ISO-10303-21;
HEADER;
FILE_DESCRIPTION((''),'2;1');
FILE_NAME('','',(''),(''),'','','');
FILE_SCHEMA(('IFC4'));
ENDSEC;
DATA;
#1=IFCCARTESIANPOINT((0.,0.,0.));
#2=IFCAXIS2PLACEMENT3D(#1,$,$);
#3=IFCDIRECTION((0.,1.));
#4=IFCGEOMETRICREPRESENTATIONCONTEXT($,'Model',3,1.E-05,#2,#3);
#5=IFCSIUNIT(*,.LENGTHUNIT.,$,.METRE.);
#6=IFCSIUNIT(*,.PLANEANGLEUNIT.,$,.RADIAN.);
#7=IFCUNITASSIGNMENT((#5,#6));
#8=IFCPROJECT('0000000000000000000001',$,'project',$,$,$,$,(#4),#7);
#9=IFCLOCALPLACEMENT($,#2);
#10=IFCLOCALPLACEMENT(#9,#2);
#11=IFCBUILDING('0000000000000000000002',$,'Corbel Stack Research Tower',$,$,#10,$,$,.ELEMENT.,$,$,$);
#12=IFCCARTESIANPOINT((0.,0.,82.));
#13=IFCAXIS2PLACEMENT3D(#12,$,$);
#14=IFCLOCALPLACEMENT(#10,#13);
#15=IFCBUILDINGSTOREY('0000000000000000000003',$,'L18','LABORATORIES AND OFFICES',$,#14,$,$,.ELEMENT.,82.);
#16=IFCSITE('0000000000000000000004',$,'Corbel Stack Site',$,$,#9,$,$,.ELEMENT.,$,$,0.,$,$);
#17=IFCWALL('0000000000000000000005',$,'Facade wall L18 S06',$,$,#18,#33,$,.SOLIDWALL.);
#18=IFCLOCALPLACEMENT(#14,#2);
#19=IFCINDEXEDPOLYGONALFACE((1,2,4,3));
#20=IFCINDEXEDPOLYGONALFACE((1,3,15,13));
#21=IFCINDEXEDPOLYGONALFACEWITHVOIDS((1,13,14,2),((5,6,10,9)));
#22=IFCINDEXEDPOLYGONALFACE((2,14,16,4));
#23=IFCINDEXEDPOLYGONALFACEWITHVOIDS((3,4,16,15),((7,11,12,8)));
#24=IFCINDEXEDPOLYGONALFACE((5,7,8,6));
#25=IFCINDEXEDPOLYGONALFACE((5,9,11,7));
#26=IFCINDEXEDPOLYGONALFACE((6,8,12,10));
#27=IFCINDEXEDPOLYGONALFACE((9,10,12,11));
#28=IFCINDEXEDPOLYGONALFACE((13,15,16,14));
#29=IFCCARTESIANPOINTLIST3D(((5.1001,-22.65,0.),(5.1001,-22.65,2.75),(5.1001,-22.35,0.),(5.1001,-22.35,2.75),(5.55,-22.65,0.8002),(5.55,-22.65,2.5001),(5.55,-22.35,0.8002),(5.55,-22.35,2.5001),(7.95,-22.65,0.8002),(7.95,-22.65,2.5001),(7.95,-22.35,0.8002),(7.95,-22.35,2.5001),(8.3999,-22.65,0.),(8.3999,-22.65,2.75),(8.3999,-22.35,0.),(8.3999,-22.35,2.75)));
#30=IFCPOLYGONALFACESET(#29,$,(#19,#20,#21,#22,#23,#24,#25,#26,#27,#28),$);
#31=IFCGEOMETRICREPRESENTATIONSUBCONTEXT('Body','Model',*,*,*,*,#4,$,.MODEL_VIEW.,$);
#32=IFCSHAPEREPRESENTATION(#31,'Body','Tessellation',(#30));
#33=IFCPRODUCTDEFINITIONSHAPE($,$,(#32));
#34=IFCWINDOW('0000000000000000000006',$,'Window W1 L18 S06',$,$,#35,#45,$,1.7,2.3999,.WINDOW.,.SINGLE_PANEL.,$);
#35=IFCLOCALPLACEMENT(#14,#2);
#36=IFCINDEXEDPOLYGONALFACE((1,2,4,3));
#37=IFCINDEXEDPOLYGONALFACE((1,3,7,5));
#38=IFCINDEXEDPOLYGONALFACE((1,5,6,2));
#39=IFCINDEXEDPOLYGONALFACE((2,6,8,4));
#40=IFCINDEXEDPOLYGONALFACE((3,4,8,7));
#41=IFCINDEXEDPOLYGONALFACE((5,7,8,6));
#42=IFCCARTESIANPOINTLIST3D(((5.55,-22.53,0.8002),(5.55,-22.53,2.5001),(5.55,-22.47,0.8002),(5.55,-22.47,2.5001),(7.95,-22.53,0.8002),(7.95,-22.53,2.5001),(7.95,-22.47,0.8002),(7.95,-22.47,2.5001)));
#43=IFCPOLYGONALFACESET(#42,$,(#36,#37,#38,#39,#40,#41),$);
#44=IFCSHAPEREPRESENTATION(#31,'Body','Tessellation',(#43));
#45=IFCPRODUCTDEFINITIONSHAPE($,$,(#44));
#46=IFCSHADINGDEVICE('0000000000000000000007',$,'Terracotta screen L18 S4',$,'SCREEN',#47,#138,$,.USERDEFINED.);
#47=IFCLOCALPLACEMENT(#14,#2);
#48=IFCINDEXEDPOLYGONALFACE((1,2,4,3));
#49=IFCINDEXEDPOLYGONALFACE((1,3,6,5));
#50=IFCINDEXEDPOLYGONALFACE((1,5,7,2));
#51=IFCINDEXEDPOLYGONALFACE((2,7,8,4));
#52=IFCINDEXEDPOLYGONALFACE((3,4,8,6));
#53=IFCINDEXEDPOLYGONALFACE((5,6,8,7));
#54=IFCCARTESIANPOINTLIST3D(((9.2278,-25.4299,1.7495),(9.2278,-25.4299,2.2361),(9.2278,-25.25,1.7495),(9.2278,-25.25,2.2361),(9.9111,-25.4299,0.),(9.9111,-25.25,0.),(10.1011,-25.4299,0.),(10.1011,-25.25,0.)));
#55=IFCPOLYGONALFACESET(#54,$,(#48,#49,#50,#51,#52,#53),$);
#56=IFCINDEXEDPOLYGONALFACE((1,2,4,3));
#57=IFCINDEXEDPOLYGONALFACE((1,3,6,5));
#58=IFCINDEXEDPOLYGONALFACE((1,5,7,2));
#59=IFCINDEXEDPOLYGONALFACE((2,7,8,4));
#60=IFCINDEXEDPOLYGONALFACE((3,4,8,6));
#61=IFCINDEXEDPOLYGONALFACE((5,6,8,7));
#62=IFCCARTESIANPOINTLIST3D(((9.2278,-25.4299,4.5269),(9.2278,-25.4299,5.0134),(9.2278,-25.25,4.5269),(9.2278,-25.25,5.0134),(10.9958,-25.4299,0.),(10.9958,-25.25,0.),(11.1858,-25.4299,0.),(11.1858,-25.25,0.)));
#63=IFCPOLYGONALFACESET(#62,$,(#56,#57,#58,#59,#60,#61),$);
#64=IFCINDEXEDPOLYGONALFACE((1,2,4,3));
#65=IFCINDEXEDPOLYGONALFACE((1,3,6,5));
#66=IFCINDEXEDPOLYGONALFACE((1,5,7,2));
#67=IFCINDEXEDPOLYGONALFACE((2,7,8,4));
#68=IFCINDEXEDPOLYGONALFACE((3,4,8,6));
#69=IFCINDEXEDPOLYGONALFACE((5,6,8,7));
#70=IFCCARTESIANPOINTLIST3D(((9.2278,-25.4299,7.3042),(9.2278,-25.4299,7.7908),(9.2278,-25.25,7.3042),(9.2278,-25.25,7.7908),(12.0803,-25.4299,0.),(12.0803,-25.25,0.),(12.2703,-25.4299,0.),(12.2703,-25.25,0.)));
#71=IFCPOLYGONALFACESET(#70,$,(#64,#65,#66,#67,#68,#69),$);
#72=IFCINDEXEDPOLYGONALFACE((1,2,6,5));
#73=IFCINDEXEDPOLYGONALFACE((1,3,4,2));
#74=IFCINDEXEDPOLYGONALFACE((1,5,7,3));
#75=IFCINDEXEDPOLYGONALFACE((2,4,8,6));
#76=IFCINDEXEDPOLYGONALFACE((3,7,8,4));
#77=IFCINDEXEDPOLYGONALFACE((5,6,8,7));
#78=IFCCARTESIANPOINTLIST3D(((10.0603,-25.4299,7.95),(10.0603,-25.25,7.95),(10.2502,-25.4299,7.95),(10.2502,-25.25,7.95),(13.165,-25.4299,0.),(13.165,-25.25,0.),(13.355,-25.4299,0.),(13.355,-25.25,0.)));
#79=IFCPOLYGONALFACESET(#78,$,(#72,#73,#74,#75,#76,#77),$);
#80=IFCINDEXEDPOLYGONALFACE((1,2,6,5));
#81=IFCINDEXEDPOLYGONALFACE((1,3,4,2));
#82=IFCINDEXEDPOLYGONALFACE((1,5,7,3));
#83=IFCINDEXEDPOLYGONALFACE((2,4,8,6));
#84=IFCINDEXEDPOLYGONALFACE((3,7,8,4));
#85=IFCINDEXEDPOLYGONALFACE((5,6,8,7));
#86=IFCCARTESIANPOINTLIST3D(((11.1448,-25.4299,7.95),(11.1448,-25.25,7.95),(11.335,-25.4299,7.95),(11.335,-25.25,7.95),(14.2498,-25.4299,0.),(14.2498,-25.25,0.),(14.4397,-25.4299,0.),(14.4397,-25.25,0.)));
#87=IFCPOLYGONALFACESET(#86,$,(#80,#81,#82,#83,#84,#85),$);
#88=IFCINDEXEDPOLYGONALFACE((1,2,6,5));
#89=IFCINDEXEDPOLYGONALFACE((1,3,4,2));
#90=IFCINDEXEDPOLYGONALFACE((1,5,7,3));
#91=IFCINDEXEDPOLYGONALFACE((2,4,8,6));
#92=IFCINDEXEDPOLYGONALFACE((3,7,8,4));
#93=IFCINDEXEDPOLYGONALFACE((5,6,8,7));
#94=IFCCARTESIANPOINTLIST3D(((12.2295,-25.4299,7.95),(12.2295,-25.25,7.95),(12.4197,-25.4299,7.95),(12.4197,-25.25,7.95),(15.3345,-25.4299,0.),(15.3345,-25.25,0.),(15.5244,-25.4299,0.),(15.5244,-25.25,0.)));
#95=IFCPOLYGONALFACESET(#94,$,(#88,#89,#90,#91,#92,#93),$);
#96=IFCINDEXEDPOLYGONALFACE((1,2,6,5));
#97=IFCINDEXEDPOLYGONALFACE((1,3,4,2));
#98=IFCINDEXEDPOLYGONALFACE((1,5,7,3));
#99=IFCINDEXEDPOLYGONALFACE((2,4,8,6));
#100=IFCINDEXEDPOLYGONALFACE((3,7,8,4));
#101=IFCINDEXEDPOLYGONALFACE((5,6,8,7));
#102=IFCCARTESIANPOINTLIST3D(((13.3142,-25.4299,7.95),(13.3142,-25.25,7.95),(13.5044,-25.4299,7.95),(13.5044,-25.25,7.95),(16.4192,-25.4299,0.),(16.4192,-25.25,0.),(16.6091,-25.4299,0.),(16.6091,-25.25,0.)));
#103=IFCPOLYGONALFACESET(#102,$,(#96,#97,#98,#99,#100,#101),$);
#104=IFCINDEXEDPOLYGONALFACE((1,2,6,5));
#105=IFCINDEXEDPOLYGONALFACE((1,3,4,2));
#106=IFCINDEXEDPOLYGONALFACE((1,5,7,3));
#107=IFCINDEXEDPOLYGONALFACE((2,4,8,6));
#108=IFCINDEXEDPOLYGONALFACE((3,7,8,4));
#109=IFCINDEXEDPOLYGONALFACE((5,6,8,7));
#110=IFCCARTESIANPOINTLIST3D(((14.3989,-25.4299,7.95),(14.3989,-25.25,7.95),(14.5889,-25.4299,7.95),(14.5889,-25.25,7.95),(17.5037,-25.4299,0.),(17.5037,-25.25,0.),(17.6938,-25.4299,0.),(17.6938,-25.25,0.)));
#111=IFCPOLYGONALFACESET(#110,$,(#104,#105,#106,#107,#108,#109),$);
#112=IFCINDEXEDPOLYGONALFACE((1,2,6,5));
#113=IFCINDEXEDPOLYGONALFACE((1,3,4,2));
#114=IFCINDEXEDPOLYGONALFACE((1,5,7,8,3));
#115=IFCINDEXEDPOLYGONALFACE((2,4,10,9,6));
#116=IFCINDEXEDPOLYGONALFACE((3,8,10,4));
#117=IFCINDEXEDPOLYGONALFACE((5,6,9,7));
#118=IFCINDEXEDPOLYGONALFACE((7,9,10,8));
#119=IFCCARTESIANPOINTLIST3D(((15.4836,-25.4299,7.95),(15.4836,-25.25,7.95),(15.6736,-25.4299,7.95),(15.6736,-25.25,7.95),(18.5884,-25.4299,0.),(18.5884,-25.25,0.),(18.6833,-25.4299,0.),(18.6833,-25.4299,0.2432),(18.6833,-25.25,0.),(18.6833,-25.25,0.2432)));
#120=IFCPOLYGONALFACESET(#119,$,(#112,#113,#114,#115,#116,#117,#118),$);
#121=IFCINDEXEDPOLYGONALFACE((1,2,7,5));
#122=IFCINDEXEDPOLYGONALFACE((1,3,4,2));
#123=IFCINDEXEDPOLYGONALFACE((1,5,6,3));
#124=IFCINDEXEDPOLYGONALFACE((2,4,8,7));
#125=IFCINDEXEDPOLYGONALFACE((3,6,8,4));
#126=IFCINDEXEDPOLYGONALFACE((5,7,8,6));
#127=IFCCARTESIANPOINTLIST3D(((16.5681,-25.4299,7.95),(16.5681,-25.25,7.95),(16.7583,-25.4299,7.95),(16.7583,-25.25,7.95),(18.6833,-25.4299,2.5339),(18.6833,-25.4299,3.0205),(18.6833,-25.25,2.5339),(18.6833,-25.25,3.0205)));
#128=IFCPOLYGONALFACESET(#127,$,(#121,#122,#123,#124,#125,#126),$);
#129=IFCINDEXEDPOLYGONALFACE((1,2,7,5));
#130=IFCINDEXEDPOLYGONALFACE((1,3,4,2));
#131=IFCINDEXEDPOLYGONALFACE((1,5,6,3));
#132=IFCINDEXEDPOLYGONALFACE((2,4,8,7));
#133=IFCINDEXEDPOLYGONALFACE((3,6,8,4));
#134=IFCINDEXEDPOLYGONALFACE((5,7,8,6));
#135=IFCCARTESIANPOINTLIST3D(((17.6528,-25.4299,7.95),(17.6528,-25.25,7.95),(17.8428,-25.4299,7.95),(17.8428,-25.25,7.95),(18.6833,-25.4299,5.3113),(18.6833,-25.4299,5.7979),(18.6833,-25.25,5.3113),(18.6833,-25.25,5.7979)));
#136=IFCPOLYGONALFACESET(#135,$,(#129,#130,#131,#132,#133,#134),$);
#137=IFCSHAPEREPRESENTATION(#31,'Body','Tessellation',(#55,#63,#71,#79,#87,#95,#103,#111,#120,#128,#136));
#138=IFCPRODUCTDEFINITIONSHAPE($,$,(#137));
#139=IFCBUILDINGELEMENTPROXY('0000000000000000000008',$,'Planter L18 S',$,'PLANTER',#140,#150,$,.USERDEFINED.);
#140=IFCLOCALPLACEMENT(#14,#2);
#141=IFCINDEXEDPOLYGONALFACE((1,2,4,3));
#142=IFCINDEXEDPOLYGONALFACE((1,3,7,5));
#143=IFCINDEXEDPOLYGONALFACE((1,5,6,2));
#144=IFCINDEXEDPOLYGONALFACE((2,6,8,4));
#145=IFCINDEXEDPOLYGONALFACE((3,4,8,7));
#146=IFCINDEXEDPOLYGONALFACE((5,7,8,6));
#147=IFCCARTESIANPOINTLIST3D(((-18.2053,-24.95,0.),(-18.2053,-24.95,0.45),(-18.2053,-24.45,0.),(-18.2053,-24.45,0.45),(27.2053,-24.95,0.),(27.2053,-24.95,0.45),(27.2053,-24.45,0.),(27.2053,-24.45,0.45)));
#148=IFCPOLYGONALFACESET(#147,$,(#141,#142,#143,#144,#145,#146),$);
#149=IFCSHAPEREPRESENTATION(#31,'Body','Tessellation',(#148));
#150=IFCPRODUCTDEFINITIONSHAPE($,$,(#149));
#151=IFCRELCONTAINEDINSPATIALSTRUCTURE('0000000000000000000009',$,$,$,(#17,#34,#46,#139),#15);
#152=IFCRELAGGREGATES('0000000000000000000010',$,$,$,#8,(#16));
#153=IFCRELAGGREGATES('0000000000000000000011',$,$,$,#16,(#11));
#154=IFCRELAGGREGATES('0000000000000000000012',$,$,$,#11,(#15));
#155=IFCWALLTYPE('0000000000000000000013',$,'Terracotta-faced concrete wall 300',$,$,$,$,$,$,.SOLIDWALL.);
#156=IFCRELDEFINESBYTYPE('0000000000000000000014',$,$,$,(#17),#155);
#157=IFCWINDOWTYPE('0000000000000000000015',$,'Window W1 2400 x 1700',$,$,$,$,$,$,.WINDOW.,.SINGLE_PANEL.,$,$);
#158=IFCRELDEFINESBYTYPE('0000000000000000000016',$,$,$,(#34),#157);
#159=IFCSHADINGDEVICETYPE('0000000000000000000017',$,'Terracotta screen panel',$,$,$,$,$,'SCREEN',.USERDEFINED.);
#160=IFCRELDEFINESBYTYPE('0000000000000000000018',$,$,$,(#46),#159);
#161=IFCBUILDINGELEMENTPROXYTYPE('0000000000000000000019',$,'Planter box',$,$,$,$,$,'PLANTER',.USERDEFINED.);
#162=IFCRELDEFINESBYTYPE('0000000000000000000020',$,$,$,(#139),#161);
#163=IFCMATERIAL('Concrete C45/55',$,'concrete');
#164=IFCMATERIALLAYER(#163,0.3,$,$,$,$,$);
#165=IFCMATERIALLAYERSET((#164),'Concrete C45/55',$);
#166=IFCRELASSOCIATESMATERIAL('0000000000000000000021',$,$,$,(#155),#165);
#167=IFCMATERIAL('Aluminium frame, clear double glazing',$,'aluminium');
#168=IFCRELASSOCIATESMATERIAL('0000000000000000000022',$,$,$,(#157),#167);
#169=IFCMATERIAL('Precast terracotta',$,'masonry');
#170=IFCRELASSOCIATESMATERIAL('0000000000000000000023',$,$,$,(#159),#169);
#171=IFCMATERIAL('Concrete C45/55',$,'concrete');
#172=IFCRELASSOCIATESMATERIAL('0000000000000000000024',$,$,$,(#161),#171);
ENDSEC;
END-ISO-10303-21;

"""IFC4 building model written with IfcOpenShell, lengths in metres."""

from ifc_helpers import new_model, si_unit, direction, frame, frame_2d, origin, origin_2d, place, context, subcontext, project, spatial, polyline, rectangle, outline, extrude, source, transform, mapped, material, layer, layer_set, type_object, element, fill, save


model = new_model("IFC4")

# Units and contexts
model_context = context("Model", 3, precision=1e-05, world=origin(), true_north=direction((0.0, 1.0)))
body_context = subcontext(model_context, "Body", "Model", "MODEL_VIEW")
ifc_project = project(units=[si_unit("LENGTHUNIT", "METRE"), si_unit("PLANEANGLEUNIT", "RADIAN")], contexts=[model_context])

# Site, building, storey
site_placement = place(None, origin())
site = spatial("IfcSite", under=ifc_project, at=site_placement, Name="Corbel Stack Site", CompositionType="ELEMENT", RefElevation=0.0)
building_placement = place(site_placement, origin())
building = spatial("IfcBuilding", under=site, at=building_placement, Name="Corbel Stack Research Tower", CompositionType="ELEMENT")
storey_placement = place(building_placement, frame((0.0, 0.0, 82.0)))
storey = spatial("IfcBuildingStorey", under=building, at=storey_placement, Name="L18", Description="LABORATORIES AND OFFICES", CompositionType="ELEMENT", Elevation=82.0)

# Wall, opening, window
ifc_material_1 = material(Name="Concrete C45/55", Category="concrete")
ifc_layer_1 = layer(ifc_material_1, 0.3)
ifc_layer_set_1 = layer_set([ifc_layer_1], Name="Concrete C45/55")
wall_type_1 = type_object("IfcWallType", Name="Terracotta-faced concrete wall 300", PredefinedType="SOLIDWALL", material=ifc_layer_set_1)
ifc_material_2 = material(Name="Aluminium frame, clear double glazing", Category="aluminium")
window_type = type_object("IfcWindowType", Name="Window W1 2400 x 1700", PartitioningType="SINGLE_PANEL", PredefinedType="WINDOW", material=ifc_material_2)
wall_1_placement = place(storey_placement, frame((8.3999, -22.5, 0.0), z_axis=(0.0, 0.0, 1.0), x_axis=(-1.0, 0.0, 0.0)))
wall_1 = element("IfcWall", 1, at=wall_1_placement, inside=storey, type_object=wall_type_1, Name="Facade wall L18 S06", PredefinedType="SOLIDWALL", context=body_context, shape_type="SweptSolid", body=[
    extrude(rectangle(XDim=3.2998, YDim=0.3, at=frame_2d((1.6499, 0.0))), origin(), (0.0, 0.0, 1.0), 2.75),
])
opening_1_placement = place(wall_1_placement, frame((0.45, 0.0, 0.8)))
opening_1 = element("IfcOpeningElement", 2, at=opening_1_placement, cuts=wall_1, PredefinedType="OPENING", context=body_context, shape_type="SweptSolid", body=[
    extrude(rectangle(XDim=2.3999, YDim=1.7, at=frame_2d((1.2, 0.8501))), frame((0.0, 0.1599, 0.0), z_axis=(0.0, -1.0, 0.0), x_axis=(1.0, 0.0, 0.0)), (0.0, 0.0, 1.0), 0.3201),
])
window_1_placement = place(opening_1_placement, origin())
window_1 = element("IfcWindow", 3, at=window_1_placement, inside=storey, type_object=window_type, Name="Window W1 L18 S06", OverallHeight=1.7, OverallWidth=2.3999, PartitioningType="SINGLE_PANEL", PredefinedType="WINDOW", context=body_context, shape_type="SweptSolid", body=[
    extrude(rectangle(XDim=2.3999, YDim=1.7, at=frame_2d((1.2, 0.8501))), frame((0.0, 0.03, 0.0), z_axis=(0.0, -1.0, 0.0), x_axis=(1.0, 0.0, 0.0)), (0.0, 0.0, 1.0), 0.0601),
])
fill(opening_1, window_1)

# Shading device
ifc_material_3 = material(Name="Precast terracotta", Category="masonry")
shading_device_type = type_object("IfcShadingDeviceType", Name="Terracotta screen panel", ElementType="SCREEN", PredefinedType="USERDEFINED", material=ifc_material_3)
shared_shape = source(origin(), body_context, "Body", "SweptSolid", [
    extrude(outline(polyline([(0.8733, 0.0), (0.0, 2.2361), (0.0, 1.7495), (0.6833, 0.0), (0.8733, 0.0)])), frame((0.0, 0.0, 0.0), z_axis=(0.0, -1.0, 0.0), x_axis=(1.0, 0.0, 0.0)), (0.0, 0.0, 1.0), 0.1799),
    extrude(outline(polyline([(1.958, 0.0), (0.0, 5.0134), (0.0, 4.5269), (1.7681, 0.0), (1.958, 0.0)])), frame((0.0, 0.0, 0.0), z_axis=(0.0, -1.0, 0.0), x_axis=(1.0, 0.0, 0.0)), (0.0, 0.0, 1.0), 0.1799),
    extrude(outline(polyline([(3.0425, 0.0), (0.0, 7.7908), (0.0, 7.3042), (2.8525, 0.0), (3.0425, 0.0)])), frame((0.0, 0.0, 0.0), z_axis=(0.0, -1.0, 0.0), x_axis=(1.0, 0.0, 0.0)), (0.0, 0.0, 1.0), 0.1799),
    extrude(outline(polyline([(4.1272, 0.0), (1.0225, 7.95), (0.8325, 7.95), (3.9373, 0.0), (4.1272, 0.0)])), frame((0.0, 0.0, 0.0), z_axis=(0.0, -1.0, 0.0), x_axis=(1.0, 0.0, 0.0)), (0.0, 0.0, 1.0), 0.1799),
    extrude(outline(polyline([(5.2119, 0.0), (2.1072, 7.95), (1.917, 7.95), (5.022, 0.0), (5.2119, 0.0)])), frame((0.0, 0.0, 0.0), z_axis=(0.0, -1.0, 0.0), x_axis=(1.0, 0.0, 0.0)), (0.0, 0.0, 1.0), 0.1799),
    extrude(outline(polyline([(6.2966, 0.0), (3.1919, 7.95), (3.0017, 7.95), (6.1067, 0.0), (6.2966, 0.0)])), frame((0.0, 0.0, 0.0), z_axis=(0.0, -1.0, 0.0), x_axis=(1.0, 0.0, 0.0)), (0.0, 0.0, 1.0), 0.1799),
    extrude(outline(polyline([(7.3813, 0.0), (4.2766, 7.95), (4.0864, 7.95), (7.1914, 0.0), (7.3813, 0.0)])), frame((0.0, 0.0, 0.0), z_axis=(0.0, -1.0, 0.0), x_axis=(1.0, 0.0, 0.0)), (0.0, 0.0, 1.0), 0.1799),
    extrude(outline(polyline([(8.4661, 0.0), (5.3611, 7.95), (5.1711, 7.95), (8.2759, 0.0), (8.4661, 0.0)])), frame((0.0, 0.0, 0.0), z_axis=(0.0, -1.0, 0.0), x_axis=(1.0, 0.0, 0.0)), (0.0, 0.0, 1.0), 0.1799),
    extrude(outline(polyline([(9.4556, 0.0), (9.4556, 0.2432), (6.4458, 7.95), (6.2559, 7.95), (9.3606, 0.0), (9.4556, 0.0)])), frame((0.0, 0.0, 0.0), z_axis=(0.0, -1.0, 0.0), x_axis=(1.0, 0.0, 0.0)), (0.0, 0.0, 1.0), 0.1799),
    extrude(outline(polyline([(7.5305, 7.95), (7.3403, 7.95), (9.4556, 2.5339), (9.4556, 3.0205), (7.5305, 7.95)])), frame((0.0, 0.0, 0.0), z_axis=(0.0, -1.0, 0.0), x_axis=(1.0, 0.0, 0.0)), (0.0, 0.0, 1.0), 0.1799),
    extrude(outline(polyline([(8.615, 7.95), (8.425, 7.95), (9.4556, 5.3113), (9.4556, 5.7979), (8.615, 7.95)])), frame((0.0, 0.0, 0.0), z_axis=(0.0, -1.0, 0.0), x_axis=(1.0, 0.0, 0.0)), (0.0, 0.0, 1.0), 0.1799),
])
shading_device_placement = place(storey_placement, frame((9.2278, -25.25, 0.0), z_axis=(0.0, 0.0, 1.0), x_axis=(1.0, 0.0, 0.0)))
element("IfcShadingDevice", 4, at=shading_device_placement, inside=storey, type_object=shading_device_type, Name="Terracotta screen L18 S4", ObjectType="SCREEN", PredefinedType="USERDEFINED", context=body_context, shape_type="MappedRepresentation", body=[
    mapped(shared_shape, transform((0.0, 0.0, 0.0))),
])

# Building element proxy
ifc_material_4 = material(Name="Concrete C45/55", Category="concrete")
building_element_proxy_type = type_object("IfcBuildingElementProxyType", Name="Planter box", ElementType="PLANTER", PredefinedType="USERDEFINED", material=ifc_material_4)
proxy_placement = place(storey_placement, frame((4.5, -24.7, 0.0), z_axis=(0.0, 0.0, 1.0), x_axis=(1.0, 0.0, 0.0)))
element("IfcBuildingElementProxy", 5, at=proxy_placement, inside=storey, type_object=building_element_proxy_type, Name="Planter L18 S", ObjectType="PLANTER", PredefinedType="USERDEFINED", context=body_context, shape_type="SweptSolid", body=[
    extrude(rectangle(XDim=45.4106, YDim=0.5, at=origin_2d()), origin(), (0.0, 0.0, 1.0), 0.45),
])

save(model, "model.ifc")
